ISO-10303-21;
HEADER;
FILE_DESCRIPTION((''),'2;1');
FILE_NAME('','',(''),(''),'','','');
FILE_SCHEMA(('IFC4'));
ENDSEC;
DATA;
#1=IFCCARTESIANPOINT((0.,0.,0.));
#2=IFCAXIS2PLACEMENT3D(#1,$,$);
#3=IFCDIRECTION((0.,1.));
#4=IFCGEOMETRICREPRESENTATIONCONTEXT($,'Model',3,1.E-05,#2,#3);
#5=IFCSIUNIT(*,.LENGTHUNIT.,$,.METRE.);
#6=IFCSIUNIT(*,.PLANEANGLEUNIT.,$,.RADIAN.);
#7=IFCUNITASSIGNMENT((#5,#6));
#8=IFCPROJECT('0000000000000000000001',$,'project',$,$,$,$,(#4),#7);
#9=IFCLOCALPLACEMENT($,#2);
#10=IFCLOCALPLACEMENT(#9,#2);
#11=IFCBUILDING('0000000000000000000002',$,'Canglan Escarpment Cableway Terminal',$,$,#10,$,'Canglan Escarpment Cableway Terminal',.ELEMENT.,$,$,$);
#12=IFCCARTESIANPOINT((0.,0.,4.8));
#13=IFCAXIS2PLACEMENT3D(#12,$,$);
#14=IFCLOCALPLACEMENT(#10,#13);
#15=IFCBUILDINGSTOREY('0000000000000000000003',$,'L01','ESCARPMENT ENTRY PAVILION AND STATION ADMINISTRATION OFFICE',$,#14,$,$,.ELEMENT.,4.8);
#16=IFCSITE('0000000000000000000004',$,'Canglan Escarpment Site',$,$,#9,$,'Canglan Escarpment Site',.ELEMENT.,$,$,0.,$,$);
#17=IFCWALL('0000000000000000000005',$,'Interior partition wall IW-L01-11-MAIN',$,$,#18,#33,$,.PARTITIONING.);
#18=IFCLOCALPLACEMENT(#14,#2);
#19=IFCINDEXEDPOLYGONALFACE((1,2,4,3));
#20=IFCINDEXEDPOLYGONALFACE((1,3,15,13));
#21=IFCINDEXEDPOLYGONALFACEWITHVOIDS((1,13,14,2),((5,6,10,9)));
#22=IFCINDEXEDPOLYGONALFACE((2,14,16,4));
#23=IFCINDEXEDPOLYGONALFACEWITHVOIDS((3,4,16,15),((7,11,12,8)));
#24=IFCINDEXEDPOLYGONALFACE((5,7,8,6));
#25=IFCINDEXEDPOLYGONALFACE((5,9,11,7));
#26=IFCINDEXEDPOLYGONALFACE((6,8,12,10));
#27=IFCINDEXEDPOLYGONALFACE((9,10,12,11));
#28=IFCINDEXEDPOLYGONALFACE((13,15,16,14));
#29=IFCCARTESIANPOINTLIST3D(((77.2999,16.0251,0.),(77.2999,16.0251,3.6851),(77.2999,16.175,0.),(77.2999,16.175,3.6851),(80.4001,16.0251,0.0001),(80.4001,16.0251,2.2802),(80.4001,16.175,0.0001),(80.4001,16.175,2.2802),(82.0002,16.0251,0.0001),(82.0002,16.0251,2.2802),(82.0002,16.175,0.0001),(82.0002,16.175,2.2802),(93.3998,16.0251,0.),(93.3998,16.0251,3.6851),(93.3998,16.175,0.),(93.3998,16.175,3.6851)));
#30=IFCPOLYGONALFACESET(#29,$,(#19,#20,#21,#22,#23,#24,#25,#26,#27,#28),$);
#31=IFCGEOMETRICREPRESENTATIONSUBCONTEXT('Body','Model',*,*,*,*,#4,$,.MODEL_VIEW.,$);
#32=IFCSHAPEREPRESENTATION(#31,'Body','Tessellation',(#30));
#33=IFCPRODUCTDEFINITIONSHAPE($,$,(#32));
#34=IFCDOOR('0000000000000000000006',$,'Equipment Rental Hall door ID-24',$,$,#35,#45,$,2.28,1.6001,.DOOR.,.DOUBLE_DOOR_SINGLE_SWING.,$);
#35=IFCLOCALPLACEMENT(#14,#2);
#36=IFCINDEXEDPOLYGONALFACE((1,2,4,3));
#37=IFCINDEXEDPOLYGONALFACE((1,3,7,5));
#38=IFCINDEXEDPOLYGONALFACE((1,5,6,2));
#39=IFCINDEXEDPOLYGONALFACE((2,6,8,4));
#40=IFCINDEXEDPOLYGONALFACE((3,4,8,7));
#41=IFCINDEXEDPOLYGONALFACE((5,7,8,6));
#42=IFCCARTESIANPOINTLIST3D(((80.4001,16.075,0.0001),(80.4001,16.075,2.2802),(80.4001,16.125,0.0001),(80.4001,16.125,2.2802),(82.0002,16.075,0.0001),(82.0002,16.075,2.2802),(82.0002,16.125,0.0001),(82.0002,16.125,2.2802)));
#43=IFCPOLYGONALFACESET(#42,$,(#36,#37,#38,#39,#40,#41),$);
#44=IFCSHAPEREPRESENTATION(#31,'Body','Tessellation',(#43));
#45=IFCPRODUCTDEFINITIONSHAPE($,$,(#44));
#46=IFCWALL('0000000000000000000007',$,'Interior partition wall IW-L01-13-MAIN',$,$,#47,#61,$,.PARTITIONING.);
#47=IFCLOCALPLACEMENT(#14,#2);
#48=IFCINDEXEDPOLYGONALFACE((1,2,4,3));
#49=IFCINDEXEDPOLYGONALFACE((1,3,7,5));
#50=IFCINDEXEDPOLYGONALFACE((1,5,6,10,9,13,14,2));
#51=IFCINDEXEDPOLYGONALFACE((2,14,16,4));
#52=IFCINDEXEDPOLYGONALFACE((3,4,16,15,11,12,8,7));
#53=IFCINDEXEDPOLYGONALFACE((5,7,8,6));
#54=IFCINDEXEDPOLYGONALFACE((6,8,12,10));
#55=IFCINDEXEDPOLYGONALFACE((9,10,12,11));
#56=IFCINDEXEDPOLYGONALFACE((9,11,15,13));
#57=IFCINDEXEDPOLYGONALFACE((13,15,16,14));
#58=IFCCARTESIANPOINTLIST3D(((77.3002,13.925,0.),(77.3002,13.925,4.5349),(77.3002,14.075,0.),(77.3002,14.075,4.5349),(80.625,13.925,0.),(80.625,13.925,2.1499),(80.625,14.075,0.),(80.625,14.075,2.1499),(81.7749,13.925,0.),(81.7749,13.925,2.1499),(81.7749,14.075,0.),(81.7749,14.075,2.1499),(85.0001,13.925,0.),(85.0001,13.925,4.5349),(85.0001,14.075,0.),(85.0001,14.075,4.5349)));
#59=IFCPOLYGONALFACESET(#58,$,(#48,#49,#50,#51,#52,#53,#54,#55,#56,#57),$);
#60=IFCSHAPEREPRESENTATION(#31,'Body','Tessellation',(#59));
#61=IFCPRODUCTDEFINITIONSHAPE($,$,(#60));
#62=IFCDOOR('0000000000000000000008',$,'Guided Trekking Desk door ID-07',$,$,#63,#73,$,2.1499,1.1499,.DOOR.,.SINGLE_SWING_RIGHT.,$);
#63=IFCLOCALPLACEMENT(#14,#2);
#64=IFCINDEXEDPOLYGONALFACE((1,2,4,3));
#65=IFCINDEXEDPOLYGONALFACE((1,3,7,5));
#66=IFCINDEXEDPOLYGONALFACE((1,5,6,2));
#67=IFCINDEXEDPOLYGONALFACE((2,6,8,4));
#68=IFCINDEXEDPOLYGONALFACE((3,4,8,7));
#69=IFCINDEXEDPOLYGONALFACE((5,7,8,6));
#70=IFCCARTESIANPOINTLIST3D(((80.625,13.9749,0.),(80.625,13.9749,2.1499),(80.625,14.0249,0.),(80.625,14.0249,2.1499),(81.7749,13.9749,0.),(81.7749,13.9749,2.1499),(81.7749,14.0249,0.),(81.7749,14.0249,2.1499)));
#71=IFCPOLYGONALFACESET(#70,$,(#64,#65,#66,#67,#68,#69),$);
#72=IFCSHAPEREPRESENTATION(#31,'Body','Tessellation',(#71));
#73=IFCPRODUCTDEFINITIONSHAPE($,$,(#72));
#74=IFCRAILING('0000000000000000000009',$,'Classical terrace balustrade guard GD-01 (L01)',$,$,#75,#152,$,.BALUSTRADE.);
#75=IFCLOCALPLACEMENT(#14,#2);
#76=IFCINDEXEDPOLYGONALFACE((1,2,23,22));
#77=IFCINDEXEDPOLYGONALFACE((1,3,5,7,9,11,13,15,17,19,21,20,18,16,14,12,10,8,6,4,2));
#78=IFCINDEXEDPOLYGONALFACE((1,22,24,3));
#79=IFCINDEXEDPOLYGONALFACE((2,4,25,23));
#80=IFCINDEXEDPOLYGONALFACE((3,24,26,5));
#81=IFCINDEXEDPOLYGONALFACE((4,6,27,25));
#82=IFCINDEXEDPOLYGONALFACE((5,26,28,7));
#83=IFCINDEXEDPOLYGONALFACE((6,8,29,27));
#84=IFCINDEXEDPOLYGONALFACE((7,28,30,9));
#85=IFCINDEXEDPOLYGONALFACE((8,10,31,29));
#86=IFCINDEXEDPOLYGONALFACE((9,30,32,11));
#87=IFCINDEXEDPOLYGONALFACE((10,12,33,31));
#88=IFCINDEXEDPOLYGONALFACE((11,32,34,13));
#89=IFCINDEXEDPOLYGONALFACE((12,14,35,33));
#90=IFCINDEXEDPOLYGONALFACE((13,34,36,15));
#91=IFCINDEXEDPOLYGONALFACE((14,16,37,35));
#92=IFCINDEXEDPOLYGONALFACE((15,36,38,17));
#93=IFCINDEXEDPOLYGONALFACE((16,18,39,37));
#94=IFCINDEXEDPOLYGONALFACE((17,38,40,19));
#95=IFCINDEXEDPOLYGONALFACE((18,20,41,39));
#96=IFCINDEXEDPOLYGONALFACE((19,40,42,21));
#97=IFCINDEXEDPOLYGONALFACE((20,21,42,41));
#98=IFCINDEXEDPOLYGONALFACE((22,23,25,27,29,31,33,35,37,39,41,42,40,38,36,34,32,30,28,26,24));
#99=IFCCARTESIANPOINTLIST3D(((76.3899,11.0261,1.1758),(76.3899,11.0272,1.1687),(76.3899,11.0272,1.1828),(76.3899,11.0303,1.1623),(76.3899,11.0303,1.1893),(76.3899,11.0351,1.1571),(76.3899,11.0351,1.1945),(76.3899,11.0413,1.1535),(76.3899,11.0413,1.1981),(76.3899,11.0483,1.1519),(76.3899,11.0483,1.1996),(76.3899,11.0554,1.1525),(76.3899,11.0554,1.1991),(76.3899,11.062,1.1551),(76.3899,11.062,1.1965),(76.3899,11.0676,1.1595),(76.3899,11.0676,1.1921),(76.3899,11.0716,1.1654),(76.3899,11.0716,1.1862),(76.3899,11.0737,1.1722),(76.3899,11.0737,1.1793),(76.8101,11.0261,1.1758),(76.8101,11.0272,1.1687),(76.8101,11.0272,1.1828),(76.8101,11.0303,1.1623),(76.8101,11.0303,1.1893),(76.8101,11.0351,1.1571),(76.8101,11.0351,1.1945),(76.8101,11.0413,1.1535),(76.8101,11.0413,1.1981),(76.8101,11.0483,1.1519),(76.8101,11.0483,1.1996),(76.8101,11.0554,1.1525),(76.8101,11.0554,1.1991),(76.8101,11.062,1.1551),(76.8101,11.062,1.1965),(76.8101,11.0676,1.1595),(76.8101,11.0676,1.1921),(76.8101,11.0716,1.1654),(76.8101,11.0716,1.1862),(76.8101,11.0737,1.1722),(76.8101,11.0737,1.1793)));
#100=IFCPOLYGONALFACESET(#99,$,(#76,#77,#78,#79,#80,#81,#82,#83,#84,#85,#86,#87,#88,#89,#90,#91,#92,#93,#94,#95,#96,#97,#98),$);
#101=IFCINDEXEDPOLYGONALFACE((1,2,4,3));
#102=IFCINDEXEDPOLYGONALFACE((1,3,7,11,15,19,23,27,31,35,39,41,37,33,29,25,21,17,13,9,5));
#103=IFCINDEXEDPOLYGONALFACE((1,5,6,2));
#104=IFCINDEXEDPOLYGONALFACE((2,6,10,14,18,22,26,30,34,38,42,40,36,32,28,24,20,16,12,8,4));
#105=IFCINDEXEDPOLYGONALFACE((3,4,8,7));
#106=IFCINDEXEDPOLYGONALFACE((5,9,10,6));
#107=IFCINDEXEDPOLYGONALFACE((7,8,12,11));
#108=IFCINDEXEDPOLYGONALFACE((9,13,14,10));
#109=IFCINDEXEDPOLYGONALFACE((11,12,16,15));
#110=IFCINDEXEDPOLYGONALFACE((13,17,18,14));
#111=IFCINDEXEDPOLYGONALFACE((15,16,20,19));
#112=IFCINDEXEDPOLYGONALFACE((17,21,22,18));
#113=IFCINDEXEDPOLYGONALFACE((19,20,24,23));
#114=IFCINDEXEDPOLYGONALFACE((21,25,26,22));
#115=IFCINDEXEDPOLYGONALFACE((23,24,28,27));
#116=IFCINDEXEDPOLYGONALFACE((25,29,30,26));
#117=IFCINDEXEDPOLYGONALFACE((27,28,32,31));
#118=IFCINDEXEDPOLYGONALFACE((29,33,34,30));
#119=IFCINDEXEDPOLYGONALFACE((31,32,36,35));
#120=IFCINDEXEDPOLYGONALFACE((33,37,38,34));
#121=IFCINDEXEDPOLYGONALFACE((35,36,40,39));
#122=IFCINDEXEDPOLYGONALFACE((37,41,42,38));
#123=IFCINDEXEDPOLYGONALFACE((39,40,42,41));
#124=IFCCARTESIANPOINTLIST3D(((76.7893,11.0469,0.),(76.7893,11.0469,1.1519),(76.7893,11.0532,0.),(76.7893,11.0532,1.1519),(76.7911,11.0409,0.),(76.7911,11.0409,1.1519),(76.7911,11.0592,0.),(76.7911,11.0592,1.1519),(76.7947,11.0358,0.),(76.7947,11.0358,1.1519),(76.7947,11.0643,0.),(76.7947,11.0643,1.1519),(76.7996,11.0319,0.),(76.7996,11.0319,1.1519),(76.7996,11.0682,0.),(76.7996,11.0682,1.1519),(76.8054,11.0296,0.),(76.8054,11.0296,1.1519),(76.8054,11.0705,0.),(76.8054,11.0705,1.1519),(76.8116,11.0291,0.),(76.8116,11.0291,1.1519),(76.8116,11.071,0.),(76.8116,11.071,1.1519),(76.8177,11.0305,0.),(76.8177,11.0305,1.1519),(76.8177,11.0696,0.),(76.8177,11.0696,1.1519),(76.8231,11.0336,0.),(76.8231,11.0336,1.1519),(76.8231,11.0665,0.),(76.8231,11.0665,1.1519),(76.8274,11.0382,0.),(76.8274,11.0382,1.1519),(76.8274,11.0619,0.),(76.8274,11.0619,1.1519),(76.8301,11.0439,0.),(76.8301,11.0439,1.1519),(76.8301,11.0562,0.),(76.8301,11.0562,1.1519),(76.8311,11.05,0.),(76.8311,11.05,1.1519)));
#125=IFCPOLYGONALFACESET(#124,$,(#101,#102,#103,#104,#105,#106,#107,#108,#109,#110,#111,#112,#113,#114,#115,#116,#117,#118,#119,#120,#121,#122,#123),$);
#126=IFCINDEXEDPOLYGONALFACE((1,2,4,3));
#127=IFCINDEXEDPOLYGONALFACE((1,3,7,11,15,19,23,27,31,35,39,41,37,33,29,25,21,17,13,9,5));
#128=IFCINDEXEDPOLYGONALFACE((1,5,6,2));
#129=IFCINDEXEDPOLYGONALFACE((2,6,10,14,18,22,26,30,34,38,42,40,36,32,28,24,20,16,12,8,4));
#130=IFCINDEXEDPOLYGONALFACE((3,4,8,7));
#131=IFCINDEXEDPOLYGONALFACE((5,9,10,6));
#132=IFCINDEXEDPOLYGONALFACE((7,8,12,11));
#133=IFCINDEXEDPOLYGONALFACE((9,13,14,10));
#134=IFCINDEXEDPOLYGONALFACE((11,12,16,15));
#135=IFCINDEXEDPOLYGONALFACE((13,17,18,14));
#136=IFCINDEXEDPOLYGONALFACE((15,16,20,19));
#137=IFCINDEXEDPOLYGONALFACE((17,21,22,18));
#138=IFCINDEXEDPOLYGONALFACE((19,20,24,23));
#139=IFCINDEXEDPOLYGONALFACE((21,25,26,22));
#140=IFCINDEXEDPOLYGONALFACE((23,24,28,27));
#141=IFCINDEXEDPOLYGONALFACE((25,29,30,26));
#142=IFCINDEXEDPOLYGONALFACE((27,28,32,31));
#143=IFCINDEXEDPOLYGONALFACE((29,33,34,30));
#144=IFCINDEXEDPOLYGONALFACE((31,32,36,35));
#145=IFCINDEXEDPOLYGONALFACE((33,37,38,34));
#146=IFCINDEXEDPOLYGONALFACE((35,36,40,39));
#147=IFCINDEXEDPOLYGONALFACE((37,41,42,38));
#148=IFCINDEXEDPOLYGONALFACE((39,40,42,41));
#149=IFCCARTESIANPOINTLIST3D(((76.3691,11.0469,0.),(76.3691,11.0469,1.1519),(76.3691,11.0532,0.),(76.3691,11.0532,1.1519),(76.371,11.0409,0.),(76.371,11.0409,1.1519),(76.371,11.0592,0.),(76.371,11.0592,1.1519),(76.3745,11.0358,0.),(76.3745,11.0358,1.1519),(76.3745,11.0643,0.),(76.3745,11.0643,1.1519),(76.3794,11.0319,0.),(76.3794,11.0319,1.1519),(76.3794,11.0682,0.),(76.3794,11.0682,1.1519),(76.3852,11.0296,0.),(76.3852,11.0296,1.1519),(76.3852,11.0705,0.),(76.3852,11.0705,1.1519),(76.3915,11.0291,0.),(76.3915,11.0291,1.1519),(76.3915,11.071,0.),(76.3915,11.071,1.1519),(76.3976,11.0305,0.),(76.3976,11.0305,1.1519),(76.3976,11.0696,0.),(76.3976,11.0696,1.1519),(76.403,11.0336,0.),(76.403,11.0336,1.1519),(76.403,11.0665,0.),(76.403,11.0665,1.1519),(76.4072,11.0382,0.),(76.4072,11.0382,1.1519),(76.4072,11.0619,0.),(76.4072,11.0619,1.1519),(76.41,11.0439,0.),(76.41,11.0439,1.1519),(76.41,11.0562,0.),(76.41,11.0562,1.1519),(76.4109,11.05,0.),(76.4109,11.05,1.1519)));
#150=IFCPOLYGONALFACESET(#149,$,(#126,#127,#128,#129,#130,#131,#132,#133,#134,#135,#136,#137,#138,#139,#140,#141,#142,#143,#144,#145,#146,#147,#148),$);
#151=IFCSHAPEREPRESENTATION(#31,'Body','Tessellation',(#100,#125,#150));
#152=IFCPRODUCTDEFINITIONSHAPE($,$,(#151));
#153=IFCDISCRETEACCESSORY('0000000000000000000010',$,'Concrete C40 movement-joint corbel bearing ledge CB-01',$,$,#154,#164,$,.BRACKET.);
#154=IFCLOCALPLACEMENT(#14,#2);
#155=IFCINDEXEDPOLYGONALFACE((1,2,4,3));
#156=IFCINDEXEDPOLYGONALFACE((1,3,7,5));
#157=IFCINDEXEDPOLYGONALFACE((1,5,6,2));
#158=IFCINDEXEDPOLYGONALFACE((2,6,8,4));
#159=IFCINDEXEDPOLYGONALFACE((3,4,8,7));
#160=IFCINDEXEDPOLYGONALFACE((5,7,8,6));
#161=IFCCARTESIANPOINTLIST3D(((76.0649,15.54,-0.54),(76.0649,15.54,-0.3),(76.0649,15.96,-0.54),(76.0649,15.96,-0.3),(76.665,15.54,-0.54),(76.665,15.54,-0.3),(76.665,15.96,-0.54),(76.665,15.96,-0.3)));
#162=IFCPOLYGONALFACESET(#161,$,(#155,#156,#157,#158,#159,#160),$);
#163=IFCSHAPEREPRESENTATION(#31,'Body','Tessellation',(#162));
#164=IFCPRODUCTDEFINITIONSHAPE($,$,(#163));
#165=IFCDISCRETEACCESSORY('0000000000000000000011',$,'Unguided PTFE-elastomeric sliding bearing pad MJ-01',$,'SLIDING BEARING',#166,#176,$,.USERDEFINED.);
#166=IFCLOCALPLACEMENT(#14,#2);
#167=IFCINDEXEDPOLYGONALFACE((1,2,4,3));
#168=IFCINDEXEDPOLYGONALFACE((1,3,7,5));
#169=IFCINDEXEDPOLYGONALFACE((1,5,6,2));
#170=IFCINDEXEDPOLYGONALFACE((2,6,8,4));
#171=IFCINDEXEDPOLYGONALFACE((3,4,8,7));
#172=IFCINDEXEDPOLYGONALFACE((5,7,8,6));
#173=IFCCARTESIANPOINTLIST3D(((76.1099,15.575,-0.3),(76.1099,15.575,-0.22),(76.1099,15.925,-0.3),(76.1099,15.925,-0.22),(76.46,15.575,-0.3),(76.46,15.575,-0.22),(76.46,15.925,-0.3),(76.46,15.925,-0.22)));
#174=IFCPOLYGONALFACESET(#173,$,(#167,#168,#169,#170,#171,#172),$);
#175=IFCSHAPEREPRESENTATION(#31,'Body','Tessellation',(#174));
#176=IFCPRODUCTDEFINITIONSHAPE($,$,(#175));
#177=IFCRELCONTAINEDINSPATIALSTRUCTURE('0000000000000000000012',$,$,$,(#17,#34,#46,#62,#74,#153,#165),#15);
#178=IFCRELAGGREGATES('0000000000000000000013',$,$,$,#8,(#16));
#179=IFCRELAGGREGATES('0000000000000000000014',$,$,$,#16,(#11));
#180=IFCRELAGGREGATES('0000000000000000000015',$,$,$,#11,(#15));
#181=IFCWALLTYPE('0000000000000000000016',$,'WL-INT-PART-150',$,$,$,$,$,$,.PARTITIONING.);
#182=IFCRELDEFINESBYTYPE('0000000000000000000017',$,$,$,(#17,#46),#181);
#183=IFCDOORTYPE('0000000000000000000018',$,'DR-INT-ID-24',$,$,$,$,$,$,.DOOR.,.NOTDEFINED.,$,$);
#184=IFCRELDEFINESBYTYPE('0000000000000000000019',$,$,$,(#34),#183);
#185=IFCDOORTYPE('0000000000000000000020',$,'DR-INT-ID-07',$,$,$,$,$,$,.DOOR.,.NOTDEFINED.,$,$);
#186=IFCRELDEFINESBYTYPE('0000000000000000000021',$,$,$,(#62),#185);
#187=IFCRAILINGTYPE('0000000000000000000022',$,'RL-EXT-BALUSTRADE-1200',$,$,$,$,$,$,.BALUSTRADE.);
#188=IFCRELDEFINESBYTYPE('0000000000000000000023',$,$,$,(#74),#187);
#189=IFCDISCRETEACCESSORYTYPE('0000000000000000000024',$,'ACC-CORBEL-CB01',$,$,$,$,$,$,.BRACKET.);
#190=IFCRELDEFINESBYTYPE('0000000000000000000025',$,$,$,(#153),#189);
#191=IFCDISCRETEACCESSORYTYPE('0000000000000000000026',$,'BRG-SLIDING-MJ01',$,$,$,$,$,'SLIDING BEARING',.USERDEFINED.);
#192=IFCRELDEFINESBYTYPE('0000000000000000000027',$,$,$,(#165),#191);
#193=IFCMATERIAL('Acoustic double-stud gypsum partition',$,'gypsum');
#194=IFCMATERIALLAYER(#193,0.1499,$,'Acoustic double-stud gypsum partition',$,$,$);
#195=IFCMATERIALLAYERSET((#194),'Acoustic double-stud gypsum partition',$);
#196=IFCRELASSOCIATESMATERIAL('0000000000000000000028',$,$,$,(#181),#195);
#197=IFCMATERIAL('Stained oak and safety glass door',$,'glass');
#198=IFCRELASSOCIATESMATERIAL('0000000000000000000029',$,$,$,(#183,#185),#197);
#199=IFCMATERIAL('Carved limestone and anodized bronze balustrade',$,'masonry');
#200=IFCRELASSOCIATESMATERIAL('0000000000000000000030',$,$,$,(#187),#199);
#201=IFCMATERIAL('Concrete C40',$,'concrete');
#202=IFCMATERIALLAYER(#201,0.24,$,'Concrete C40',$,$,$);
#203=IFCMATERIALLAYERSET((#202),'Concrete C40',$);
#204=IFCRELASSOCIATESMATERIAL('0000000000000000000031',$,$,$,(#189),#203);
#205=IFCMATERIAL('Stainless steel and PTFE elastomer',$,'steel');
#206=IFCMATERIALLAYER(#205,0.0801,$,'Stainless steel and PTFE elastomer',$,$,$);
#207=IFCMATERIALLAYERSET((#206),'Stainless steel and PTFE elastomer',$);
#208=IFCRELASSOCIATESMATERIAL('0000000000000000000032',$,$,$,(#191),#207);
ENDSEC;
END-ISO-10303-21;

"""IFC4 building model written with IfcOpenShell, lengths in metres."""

from ifc_helpers import new_model, si_unit, direction, frame, frame_2d, origin, origin_2d, place, context, subcontext, project, spatial, rectangle, circle, extrude, material, layer, layer_set, type_object, element, fill, save


model = new_model("IFC4")

# Units and contexts
model_context = context("Model", 3, precision=1e-05, world=origin(), true_north=direction((0.0, 1.0)))
body_context = subcontext(model_context, "Body", "Model", "MODEL_VIEW")
ifc_project = project(units=[si_unit("LENGTHUNIT", "METRE"), si_unit("PLANEANGLEUNIT", "RADIAN")], contexts=[model_context])

# Site, building, storey
site_placement = place(None, origin())
site = spatial("IfcSite", under=ifc_project, at=site_placement, Name="Canglan Escarpment Site", LongName="Canglan Escarpment Site", CompositionType="ELEMENT", RefElevation=0.0)
building_placement = place(site_placement, origin())
building = spatial("IfcBuilding", under=site, at=building_placement, Name="Canglan Escarpment Cableway Terminal", LongName="Canglan Escarpment Cableway Terminal", CompositionType="ELEMENT")
storey_placement = place(building_placement, frame((0.0, 0.0, 4.8)))
storey = spatial("IfcBuildingStorey", under=building, at=storey_placement, Name="L01", Description="ESCARPMENT ENTRY PAVILION AND STATION ADMINISTRATION OFFICE", CompositionType="ELEMENT", Elevation=4.8)

# Shared definitions
ifc_material_1 = material(Name="Concrete C40", Category="concrete")

# Walls, openings, doors
ifc_material_2 = material(Name="Acoustic double-stud gypsum partition", Category="gypsum")
ifc_layer_1 = layer(ifc_material_2, 0.1499, Name="Acoustic double-stud gypsum partition")
ifc_layer_set_1 = layer_set([ifc_layer_1], Name="Acoustic double-stud gypsum partition")
wall_type_1 = type_object("IfcWallType", Name="WL-INT-PART-150", PredefinedType="PARTITIONING", material=ifc_layer_set_1)
wall_1_placement = place(storey_placement, frame((77.3, 16.1001, 0.0), z_axis=(0.0, 0.0, 1.0), x_axis=(1.0, 0.0, 0.0)))
wall_1 = element("IfcWall", 1, at=wall_1_placement, inside=storey, type_object=wall_type_1, Name="Interior partition wall IW-L01-11-MAIN", PredefinedType="PARTITIONING", context=body_context, shape_type="SweptSolid", body=[
    extrude(rectangle(XDim=16.0999, YDim=0.1499, at=frame_2d((8.0498, 0.0))), origin(), (0.0, 0.0, 1.0), 3.6851),
])
opening_1_placement = place(wall_1_placement, frame((3.1001, 0.0, 0.0)))
opening_1 = element("IfcOpeningElement", 2, at=opening_1_placement, cuts=wall_1, PredefinedType="OPENING", context=body_context, shape_type="SweptSolid", body=[
    extrude(rectangle(XDim=1.6001, YDim=2.28, at=frame_2d((0.8, 1.1401))), frame((0.0, 0.085, 0.0), z_axis=(0.0, -1.0, 0.0), x_axis=(1.0, 0.0, 0.0)), (0.0, 0.0, 1.0), 0.1699),
])
ifc_material_3 = material(Name="Stained oak and safety glass door", Category="glass")
door_type_1 = type_object("IfcDoorType", Name="DR-INT-ID-24", OperationType="NOTDEFINED", PredefinedType="DOOR", material=ifc_material_3)
door_1_placement = place(opening_1_placement, origin())
door_1 = element("IfcDoor", 3, at=door_1_placement, inside=storey, type_object=door_type_1, Name="Equipment Rental Hall door ID-24", OperationType="DOUBLE_DOOR_SINGLE_SWING", OverallHeight=2.28, OverallWidth=1.6001, PredefinedType="DOOR", context=body_context, shape_type="SweptSolid", body=[
    extrude(rectangle(XDim=1.6001, YDim=2.28, at=frame_2d((0.8, 1.1401))), frame((0.0, 0.0249, 0.0), z_axis=(0.0, -1.0, 0.0), x_axis=(1.0, 0.0, 0.0)), (0.0, 0.0, 1.0), 0.05),
])
fill(opening_1, door_1)
wall_2_placement = place(storey_placement, frame((77.3, 14.0, 0.0), z_axis=(0.0, 0.0, 1.0), x_axis=(1.0, 0.0, 0.0)))
wall_2 = element("IfcWall", 4, at=wall_2_placement, inside=storey, type_object=wall_type_1, Name="Interior partition wall IW-L01-13-MAIN", PredefinedType="PARTITIONING", context=body_context, shape_type="SweptSolid", body=[
    extrude(rectangle(XDim=7.7, YDim=0.1499, at=frame_2d((3.8501, 0.0))), origin(), (0.0, 0.0, 1.0), 4.5349),
])
opening_2_placement = place(wall_2_placement, frame((3.325, 0.0, 0.0)))
opening_2 = element("IfcOpeningElement", 5, at=opening_2_placement, cuts=wall_2, PredefinedType="OPENING", context=body_context, shape_type="SweptSolid", body=[
    extrude(rectangle(XDim=1.1499, YDim=2.1499, at=frame_2d((0.575, 1.075))), frame((0.0, 0.085, 0.0), z_axis=(0.0, -1.0, 0.0), x_axis=(1.0, 0.0, 0.0)), (0.0, 0.0, 1.0), 0.1699),
])
door_type_2 = type_object("IfcDoorType", Name="DR-INT-ID-07", OperationType="NOTDEFINED", PredefinedType="DOOR", material=ifc_material_3)
door_2_placement = place(opening_2_placement, origin())
door_2 = element("IfcDoor", 6, at=door_2_placement, inside=storey, type_object=door_type_2, Name="Guided Trekking Desk door ID-07", OperationType="SINGLE_SWING_RIGHT", OverallHeight=2.1499, OverallWidth=1.1499, PredefinedType="DOOR", context=body_context, shape_type="SweptSolid", body=[
    extrude(rectangle(XDim=1.1499, YDim=2.1499, at=frame_2d((0.575, 1.075))), frame((0.0, 0.0249, 0.0), z_axis=(0.0, -1.0, 0.0), x_axis=(1.0, 0.0, 0.0)), (0.0, 0.0, 1.0), 0.05),
])
fill(opening_2, door_2)

# Railing
ifc_material_4 = material(Name="Carved limestone and anodized bronze balustrade", Category="masonry")
railing_type = type_object("IfcRailingType", Name="RL-EXT-BALUSTRADE-1200", PredefinedType="BALUSTRADE", material=ifc_material_4)
railing_placement = place(storey_placement, frame((76.8101, 11.05, 0.0)))
element("IfcRailing", 7, at=railing_placement, inside=storey, type_object=railing_type, Name="Classical terrace balustrade guard GD-01 (L01)", PredefinedType="BALUSTRADE", context=body_context, shape_type="SweptSolid", body=[
    extrude(circle(Radius=0.0239, at=origin_2d()), frame((0.0, 0.0, 1.1758), z_axis=(-1.0, 0.0, 0.0), x_axis=(0.0, -1.0, 0.0)), (0.0, 0.0, 1.0), 0.4202),
    extrude(circle(Radius=0.021, at=origin_2d()), origin(), (0.0, 0.0, 1.0), 1.1519),
    extrude(circle(Radius=0.021, at=origin_2d()), frame((-0.4202, 0.0, 0.0)), (0.0, 0.0, 1.0), 1.1519),
])

# Discrete accessories
ifc_layer_2 = layer(ifc_material_1, 0.24, Name="Concrete C40")
ifc_layer_set_2 = layer_set([ifc_layer_2], Name="Concrete C40")
discrete_accessory_type_1 = type_object("IfcDiscreteAccessoryType", Name="ACC-CORBEL-CB01", PredefinedType="BRACKET", material=ifc_layer_set_2)
discrete_accessory_1_placement = place(storey_placement, frame((76.365, 15.75, -0.54), z_axis=(0.0, 0.0, 1.0), x_axis=(1.0, 0.0, 0.0)))
element("IfcDiscreteAccessory", 8, at=discrete_accessory_1_placement, inside=storey, type_object=discrete_accessory_type_1, Name="Concrete C40 movement-joint corbel bearing ledge CB-01", PredefinedType="BRACKET", context=body_context, shape_type="SweptSolid", body=[
    extrude(rectangle(XDim=0.6001, YDim=0.4199, at=origin_2d()), origin(), (0.0, 0.0, 1.0), 0.24),
])
ifc_material_5 = material(Name="Stainless steel and PTFE elastomer", Category="steel")
ifc_layer_3 = layer(ifc_material_5, 0.0801, Name="Stainless steel and PTFE elastomer")
ifc_layer_set_3 = layer_set([ifc_layer_3], Name="Stainless steel and PTFE elastomer")
discrete_accessory_type_2 = type_object("IfcDiscreteAccessoryType", Name="BRG-SLIDING-MJ01", ElementType="SLIDING BEARING", PredefinedType="USERDEFINED", material=ifc_layer_set_3)
discrete_accessory_2_placement = place(storey_placement, frame((76.2849, 15.75, -0.3), z_axis=(0.0, 0.0, 1.0), x_axis=(1.0, 0.0, 0.0)))
element("IfcDiscreteAccessory", 9, at=discrete_accessory_2_placement, inside=storey, type_object=discrete_accessory_type_2, Name="Unguided PTFE-elastomeric sliding bearing pad MJ-01", ObjectType="SLIDING BEARING", PredefinedType="USERDEFINED", context=body_context, shape_type="SweptSolid", body=[
    extrude(rectangle(XDim=0.3501, YDim=0.3501, at=origin_2d()), origin(), (0.0, 0.0, 1.0), 0.0801),
])

save(model, "model.ifc")
